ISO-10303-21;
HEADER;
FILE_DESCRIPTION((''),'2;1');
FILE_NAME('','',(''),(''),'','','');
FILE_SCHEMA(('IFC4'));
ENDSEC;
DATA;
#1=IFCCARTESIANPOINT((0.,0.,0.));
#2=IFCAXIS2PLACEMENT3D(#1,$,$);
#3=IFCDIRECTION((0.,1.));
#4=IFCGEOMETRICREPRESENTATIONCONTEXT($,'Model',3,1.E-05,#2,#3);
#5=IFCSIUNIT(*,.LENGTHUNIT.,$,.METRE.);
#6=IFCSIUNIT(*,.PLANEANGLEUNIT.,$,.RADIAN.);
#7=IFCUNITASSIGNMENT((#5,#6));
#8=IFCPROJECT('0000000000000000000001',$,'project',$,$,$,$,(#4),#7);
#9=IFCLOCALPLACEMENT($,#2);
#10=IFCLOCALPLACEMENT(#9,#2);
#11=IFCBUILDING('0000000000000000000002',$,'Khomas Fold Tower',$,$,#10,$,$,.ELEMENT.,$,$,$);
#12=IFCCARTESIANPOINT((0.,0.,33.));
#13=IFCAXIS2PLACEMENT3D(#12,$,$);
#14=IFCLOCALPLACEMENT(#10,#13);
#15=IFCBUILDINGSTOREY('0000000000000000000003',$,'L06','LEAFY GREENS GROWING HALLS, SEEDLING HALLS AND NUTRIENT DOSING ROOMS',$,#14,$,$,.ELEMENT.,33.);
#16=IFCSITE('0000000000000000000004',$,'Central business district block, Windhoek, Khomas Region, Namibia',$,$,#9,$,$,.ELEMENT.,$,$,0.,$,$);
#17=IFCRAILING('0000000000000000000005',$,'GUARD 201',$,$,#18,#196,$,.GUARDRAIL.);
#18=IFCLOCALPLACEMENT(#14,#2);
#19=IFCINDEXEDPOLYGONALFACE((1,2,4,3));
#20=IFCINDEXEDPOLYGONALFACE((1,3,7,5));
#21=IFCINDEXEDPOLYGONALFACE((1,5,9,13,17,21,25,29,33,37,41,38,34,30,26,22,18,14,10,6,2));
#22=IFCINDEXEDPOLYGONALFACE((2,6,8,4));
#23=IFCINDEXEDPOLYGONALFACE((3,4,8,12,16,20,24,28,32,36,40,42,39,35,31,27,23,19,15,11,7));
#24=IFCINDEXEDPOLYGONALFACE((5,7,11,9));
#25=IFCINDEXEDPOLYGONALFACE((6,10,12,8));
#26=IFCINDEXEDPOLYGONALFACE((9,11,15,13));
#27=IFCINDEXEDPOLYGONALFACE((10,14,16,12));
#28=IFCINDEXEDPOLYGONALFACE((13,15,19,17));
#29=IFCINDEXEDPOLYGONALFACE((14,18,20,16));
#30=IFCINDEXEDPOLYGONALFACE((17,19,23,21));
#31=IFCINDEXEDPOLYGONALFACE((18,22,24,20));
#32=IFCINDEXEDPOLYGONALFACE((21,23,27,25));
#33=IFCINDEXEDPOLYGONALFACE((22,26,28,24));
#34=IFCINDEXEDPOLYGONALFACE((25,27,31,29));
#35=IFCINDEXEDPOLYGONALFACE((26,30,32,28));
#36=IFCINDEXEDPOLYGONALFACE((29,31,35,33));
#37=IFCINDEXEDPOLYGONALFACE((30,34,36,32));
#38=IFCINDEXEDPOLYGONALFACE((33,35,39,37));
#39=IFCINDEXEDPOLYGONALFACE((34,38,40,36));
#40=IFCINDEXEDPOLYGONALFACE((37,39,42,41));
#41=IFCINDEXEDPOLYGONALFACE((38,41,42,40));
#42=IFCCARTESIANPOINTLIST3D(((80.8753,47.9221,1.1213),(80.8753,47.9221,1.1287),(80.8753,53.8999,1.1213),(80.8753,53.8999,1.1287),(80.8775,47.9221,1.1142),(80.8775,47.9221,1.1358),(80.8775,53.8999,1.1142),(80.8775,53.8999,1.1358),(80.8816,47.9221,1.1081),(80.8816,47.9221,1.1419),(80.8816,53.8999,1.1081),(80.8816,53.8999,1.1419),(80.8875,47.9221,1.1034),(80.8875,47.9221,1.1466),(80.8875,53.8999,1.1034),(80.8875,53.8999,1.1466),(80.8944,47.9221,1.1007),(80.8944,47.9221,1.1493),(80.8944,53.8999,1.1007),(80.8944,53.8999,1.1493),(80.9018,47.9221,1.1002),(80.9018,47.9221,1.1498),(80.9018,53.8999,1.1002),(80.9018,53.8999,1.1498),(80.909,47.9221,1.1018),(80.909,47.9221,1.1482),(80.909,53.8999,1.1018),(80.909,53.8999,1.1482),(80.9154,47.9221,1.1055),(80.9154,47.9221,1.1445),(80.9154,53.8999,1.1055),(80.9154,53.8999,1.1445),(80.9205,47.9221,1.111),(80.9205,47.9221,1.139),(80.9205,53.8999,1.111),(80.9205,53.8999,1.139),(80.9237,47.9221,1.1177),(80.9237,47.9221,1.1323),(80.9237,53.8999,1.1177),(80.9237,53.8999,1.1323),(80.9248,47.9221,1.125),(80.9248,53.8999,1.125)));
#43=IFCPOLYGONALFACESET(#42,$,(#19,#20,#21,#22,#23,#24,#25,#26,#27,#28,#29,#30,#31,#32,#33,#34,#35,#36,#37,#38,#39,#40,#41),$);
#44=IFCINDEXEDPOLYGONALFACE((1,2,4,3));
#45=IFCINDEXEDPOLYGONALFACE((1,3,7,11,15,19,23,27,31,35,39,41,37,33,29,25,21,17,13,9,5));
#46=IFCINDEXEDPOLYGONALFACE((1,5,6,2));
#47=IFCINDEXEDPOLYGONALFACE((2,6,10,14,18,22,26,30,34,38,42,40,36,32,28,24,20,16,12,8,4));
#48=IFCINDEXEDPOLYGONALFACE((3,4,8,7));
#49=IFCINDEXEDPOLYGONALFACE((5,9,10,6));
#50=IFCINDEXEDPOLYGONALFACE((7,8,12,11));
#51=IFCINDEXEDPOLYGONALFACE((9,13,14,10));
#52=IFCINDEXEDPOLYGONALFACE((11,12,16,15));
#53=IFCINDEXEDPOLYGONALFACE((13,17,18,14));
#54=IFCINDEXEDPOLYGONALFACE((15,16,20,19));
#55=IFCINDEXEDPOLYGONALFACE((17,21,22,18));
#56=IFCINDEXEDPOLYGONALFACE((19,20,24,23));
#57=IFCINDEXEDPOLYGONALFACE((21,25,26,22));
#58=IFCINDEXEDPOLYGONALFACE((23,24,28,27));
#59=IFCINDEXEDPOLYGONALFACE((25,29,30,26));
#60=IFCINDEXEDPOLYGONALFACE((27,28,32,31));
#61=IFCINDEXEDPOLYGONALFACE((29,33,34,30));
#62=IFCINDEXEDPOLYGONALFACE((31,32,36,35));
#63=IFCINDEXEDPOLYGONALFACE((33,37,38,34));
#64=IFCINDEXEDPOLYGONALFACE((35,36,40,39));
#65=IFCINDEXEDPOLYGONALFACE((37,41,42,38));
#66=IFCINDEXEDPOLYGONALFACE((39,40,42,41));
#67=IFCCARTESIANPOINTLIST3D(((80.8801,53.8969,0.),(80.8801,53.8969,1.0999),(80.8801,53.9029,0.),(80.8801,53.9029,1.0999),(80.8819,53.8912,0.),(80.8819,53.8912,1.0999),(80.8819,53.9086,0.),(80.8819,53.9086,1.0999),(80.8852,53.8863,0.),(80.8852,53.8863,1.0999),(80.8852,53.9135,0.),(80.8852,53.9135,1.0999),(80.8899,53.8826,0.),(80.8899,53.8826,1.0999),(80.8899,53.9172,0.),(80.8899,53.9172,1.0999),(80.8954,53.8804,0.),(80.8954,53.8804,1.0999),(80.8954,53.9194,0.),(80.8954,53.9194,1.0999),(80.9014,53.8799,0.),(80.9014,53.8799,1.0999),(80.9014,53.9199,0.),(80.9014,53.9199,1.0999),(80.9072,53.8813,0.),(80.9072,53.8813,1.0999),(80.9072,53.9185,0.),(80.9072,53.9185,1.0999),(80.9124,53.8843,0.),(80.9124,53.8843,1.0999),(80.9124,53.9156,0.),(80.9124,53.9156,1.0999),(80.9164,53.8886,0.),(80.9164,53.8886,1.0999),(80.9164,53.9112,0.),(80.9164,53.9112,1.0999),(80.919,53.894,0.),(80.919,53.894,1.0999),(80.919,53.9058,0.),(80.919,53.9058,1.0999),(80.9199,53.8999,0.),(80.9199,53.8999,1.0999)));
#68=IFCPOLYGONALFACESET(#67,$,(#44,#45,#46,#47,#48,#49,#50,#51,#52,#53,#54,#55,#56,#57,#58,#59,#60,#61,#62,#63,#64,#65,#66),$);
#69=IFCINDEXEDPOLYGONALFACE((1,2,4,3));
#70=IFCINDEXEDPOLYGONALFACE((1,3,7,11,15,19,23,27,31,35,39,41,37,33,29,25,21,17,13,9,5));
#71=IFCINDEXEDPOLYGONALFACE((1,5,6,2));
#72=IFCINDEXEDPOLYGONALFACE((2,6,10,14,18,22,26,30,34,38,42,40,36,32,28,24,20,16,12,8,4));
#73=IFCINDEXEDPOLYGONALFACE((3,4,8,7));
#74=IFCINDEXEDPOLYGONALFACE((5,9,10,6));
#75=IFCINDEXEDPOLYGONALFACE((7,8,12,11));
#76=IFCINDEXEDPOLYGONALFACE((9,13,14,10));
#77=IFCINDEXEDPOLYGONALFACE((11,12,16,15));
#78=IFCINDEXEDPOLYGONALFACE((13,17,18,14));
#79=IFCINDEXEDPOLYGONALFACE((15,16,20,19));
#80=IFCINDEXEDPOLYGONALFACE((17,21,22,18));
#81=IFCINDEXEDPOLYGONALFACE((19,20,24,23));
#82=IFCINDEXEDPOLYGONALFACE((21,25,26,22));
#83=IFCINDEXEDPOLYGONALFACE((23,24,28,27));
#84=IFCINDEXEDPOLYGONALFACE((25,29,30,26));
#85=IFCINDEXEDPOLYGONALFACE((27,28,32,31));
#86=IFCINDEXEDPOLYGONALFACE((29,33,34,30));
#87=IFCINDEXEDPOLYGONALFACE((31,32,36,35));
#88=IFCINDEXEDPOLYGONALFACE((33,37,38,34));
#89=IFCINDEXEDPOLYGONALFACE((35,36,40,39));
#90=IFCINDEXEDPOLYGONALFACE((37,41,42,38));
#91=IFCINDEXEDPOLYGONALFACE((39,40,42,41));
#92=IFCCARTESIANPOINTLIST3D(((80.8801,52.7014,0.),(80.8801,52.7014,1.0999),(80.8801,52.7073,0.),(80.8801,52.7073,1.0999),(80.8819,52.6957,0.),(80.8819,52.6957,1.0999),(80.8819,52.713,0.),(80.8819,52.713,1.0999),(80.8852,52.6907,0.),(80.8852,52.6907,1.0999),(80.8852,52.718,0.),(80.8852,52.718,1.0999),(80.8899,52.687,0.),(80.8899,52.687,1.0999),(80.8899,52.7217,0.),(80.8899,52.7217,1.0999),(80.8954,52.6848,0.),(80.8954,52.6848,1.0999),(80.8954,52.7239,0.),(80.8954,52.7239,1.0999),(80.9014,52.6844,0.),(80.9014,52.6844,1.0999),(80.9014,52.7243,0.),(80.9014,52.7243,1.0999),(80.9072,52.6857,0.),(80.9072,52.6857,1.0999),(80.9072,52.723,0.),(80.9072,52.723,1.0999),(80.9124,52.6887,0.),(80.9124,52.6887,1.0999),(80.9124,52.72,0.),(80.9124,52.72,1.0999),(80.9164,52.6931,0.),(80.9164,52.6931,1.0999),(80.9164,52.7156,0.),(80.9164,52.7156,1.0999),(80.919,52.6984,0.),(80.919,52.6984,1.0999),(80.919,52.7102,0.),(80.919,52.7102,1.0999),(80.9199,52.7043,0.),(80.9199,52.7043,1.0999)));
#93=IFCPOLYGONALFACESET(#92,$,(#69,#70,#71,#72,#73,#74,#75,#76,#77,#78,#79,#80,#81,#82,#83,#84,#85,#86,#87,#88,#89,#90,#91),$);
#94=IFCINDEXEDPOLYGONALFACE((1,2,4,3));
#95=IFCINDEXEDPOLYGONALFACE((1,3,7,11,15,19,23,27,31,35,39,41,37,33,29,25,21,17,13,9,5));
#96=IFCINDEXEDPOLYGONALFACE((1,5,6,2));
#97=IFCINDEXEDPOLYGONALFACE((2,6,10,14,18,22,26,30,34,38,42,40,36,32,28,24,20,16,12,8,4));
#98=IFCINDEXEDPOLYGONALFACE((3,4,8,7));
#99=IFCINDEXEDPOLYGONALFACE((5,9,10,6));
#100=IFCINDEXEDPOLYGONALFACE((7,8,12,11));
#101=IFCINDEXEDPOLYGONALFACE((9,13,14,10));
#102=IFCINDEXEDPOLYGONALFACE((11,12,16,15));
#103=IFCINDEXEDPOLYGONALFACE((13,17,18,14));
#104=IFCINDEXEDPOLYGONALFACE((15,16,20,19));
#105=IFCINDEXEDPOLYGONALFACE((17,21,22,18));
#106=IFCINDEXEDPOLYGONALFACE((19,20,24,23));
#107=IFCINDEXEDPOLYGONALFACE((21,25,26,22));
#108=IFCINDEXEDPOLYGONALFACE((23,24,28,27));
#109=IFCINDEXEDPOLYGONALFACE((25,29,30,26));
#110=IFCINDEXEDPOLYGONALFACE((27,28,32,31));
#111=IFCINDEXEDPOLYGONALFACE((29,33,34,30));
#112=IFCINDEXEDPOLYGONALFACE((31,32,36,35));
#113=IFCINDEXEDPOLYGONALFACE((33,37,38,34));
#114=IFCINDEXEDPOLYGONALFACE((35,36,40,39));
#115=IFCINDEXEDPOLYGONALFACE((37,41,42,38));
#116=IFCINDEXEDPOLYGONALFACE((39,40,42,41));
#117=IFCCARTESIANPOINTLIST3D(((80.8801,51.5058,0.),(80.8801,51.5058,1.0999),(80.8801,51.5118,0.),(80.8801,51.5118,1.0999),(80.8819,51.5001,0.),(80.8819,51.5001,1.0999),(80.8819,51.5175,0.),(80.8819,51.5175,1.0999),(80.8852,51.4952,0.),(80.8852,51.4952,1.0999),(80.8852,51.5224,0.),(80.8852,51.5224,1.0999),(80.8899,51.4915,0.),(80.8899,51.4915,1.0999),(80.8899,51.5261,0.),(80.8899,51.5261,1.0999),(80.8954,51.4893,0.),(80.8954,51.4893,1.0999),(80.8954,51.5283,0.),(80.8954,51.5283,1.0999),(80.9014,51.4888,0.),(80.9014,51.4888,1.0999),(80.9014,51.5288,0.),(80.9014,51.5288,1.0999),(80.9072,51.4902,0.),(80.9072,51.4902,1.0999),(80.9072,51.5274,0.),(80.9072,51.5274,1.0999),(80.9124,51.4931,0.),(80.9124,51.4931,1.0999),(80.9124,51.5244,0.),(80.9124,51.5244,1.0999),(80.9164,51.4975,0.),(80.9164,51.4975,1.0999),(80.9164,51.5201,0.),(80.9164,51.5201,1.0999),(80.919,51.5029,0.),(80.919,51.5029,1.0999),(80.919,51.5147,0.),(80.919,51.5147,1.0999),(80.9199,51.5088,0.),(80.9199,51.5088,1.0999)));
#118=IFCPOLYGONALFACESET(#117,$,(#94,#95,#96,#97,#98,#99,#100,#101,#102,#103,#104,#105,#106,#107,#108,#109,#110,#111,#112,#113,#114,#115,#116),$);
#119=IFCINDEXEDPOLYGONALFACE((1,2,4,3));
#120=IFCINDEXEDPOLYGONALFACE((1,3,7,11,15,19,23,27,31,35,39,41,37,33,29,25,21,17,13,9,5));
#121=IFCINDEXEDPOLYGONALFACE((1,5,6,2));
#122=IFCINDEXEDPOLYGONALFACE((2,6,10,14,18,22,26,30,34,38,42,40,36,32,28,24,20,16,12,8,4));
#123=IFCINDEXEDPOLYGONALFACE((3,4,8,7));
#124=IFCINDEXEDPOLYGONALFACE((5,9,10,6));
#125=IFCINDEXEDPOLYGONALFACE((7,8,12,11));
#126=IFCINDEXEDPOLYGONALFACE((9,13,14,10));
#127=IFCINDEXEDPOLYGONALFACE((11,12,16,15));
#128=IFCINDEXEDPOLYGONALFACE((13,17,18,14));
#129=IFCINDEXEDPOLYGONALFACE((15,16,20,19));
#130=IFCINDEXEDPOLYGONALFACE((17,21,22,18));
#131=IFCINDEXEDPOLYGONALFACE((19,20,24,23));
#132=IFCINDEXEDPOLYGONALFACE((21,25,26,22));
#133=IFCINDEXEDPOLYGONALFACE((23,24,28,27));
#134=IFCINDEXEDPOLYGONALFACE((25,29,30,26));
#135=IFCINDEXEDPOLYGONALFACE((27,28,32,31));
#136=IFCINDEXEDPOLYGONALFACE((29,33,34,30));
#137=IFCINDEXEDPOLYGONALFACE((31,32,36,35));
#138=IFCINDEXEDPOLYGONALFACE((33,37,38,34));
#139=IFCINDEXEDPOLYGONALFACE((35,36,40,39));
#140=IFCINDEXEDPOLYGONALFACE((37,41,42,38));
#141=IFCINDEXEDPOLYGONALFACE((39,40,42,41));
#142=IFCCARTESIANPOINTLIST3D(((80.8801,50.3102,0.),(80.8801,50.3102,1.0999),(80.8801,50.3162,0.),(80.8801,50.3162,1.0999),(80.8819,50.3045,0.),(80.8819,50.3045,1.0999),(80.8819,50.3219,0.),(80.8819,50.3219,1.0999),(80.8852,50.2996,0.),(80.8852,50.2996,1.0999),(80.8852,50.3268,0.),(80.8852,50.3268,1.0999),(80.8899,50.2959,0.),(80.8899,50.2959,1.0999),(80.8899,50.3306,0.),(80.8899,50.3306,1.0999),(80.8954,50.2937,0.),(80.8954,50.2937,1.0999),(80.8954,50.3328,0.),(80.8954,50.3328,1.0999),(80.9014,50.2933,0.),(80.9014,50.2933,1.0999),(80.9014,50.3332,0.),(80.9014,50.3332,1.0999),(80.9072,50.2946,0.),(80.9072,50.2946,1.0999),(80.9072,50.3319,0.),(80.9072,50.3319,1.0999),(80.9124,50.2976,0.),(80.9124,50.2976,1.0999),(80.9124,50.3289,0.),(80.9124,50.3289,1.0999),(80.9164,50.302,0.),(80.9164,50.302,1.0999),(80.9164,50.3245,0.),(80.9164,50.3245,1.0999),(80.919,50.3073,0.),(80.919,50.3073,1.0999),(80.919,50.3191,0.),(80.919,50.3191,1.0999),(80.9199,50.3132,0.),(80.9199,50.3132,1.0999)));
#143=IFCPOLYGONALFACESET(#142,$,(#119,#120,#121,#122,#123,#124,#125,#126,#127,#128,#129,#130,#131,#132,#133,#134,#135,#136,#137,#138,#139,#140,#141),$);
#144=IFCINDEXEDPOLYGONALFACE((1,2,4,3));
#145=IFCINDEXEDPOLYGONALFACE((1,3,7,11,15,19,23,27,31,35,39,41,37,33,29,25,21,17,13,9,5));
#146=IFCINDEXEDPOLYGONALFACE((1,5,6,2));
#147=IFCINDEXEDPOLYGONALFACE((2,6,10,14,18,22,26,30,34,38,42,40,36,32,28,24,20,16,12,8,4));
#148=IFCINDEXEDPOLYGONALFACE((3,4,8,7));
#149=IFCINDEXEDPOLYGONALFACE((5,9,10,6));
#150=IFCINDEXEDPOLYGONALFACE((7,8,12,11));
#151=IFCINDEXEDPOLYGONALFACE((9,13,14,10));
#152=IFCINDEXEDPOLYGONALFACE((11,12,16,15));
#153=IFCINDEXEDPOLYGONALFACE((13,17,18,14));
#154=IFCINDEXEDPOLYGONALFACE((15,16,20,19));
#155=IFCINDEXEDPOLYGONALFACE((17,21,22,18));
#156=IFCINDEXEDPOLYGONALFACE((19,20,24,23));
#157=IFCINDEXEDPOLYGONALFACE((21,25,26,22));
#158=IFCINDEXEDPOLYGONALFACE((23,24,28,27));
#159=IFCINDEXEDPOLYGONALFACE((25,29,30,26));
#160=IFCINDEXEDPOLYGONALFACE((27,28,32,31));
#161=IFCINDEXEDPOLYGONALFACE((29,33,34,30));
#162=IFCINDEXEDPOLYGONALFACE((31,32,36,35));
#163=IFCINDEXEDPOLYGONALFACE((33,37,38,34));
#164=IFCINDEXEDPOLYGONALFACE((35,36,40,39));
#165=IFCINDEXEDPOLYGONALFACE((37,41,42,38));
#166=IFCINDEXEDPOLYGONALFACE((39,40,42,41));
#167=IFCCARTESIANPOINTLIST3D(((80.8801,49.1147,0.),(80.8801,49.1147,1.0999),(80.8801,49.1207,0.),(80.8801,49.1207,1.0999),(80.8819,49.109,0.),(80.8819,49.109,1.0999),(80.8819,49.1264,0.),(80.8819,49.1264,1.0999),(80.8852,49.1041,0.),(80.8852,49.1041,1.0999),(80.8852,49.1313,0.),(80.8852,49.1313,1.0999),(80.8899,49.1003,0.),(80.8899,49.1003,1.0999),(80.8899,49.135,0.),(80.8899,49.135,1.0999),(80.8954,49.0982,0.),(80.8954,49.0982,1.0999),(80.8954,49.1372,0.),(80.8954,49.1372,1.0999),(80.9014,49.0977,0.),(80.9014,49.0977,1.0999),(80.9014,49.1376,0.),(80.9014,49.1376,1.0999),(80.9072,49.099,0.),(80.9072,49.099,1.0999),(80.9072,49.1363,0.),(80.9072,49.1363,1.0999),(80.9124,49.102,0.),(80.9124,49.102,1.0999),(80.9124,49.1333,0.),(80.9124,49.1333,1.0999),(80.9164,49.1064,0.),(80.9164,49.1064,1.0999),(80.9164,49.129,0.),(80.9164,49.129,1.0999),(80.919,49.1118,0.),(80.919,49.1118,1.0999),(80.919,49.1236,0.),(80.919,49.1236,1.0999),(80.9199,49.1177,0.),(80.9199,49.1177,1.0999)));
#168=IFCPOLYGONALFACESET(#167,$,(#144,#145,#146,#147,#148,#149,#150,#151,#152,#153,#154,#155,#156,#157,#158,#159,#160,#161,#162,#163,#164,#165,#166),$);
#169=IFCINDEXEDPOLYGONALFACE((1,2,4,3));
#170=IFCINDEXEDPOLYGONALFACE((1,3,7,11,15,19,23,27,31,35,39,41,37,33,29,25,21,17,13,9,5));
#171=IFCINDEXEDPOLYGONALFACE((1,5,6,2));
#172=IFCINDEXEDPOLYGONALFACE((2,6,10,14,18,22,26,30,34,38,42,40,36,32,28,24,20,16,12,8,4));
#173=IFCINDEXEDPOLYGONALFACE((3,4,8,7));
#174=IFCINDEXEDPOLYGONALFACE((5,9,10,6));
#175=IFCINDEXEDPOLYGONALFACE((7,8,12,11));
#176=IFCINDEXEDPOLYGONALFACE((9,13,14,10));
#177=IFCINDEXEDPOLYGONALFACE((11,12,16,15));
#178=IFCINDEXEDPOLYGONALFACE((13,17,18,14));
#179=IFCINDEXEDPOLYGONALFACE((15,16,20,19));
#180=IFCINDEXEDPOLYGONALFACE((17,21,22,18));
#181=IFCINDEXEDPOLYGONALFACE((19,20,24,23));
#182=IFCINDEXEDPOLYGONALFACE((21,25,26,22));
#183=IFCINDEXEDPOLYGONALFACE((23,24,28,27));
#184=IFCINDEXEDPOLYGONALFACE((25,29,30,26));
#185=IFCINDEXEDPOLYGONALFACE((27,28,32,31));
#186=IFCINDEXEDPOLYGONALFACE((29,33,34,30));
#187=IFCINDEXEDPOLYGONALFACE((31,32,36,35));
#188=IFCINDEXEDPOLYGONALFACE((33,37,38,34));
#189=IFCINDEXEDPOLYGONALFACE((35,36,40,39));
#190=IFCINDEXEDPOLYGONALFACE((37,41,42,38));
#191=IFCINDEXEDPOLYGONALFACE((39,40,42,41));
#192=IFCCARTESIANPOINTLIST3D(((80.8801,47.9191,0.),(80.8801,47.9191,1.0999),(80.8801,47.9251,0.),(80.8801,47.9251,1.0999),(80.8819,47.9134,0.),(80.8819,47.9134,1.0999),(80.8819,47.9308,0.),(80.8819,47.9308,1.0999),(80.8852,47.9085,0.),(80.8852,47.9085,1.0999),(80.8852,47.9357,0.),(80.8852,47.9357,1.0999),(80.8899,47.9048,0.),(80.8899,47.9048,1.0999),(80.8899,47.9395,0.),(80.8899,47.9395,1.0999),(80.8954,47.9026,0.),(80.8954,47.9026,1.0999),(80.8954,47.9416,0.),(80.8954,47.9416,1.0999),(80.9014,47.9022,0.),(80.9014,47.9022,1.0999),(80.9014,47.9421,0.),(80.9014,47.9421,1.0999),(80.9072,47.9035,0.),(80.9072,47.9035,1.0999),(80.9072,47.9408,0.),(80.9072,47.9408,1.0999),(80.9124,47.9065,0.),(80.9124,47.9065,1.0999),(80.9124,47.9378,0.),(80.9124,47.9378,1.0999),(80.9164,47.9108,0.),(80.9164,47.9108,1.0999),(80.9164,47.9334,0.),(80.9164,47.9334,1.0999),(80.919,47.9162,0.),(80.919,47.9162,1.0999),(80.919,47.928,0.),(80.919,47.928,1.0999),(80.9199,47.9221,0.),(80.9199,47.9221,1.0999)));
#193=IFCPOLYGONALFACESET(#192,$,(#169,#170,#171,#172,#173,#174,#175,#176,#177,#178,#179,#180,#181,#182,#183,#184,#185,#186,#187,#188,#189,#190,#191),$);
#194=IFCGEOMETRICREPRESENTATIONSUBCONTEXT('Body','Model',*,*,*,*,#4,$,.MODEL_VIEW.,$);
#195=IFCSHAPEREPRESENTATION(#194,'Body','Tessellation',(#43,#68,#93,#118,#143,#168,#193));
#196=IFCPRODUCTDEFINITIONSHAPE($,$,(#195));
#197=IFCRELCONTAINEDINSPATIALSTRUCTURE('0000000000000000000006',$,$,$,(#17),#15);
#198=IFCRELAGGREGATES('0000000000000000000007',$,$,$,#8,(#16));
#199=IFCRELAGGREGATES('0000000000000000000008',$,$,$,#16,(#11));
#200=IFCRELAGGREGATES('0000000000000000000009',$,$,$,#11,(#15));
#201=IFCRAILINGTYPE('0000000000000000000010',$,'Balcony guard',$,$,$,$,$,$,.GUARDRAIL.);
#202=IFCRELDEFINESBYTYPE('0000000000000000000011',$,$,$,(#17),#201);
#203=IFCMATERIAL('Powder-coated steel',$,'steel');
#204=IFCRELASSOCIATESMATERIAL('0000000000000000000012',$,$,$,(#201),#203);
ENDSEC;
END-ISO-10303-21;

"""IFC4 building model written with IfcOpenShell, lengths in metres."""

from ifc_helpers import new_model, si_unit, direction, frame, origin, origin_2d, place, context, subcontext, project, spatial, circle, extrude, source, transform, mapped, material, type_object, element, save


model = new_model("IFC4")

# Units and contexts
model_context = context("Model", 3, precision=1e-05, world=origin(), true_north=direction((0.0, 1.0)))
body_context = subcontext(model_context, "Body", "Model", "MODEL_VIEW")
ifc_project = project(units=[si_unit("LENGTHUNIT", "METRE"), si_unit("PLANEANGLEUNIT", "RADIAN")], contexts=[model_context])

# Site, building, storey
site_placement = place(None, origin())
site = spatial("IfcSite", under=ifc_project, at=site_placement, Name="Central business district block, Windhoek, Khomas Region, Namibia", CompositionType="ELEMENT", RefElevation=0.0)
building_placement = place(site_placement, origin())
building = spatial("IfcBuilding", under=site, at=building_placement, Name="Khomas Fold Tower", CompositionType="ELEMENT")
storey_placement = place(building_placement, frame((0.0, 0.0, 33.0)))
storey = spatial("IfcBuildingStorey", under=building, at=storey_placement, Name="L06", Description="LEAFY GREENS GROWING HALLS, SEEDLING HALLS AND NUTRIENT DOSING ROOMS", CompositionType="ELEMENT", Elevation=33.0)

# Railing
ifc_material_1 = material(Name="Powder-coated steel", Category="steel")
railing_type_1 = type_object("IfcRailingType", Name="Balcony guard", PredefinedType="GUARDRAIL", material=ifc_material_1)
shared_shape_1 = source(origin(), body_context, "Body", "SweptSolid", [
    extrude(circle(Radius=0.0249, at=origin_2d()), frame((0.0, 0.0, 1.125), z_axis=(0.0, -1.0, 0.0), x_axis=(1.0, 0.0, 0.0)), (0.0, 0.0, 1.0), 5.9778),
    extrude(circle(Radius=0.02, at=origin_2d()), origin(), (0.0, 0.0, 1.0), 1.0999),
    extrude(circle(Radius=0.02, at=origin_2d()), frame((0.0, -1.1956, 0.0)), (0.0, 0.0, 1.0), 1.0999),
    extrude(circle(Radius=0.02, at=origin_2d()), frame((0.0, -2.3911, 0.0)), (0.0, 0.0, 1.0), 1.0999),
    extrude(circle(Radius=0.02, at=origin_2d()), frame((0.0, -3.5867, 0.0)), (0.0, 0.0, 1.0), 1.0999),
    extrude(circle(Radius=0.02, at=origin_2d()), frame((0.0, -4.7822, 0.0)), (0.0, 0.0, 1.0), 1.0999),
    extrude(circle(Radius=0.02, at=origin_2d()), frame((0.0, -5.9778, 0.0)), (0.0, 0.0, 1.0), 1.0999),
])
for number, where, name in (
    (1, (80.8999, 53.8999, 0.0), "GUARD 201"),
):
    element("IfcRailing", number, at=place(storey_placement, frame(where)), inside=storey, type_object=railing_type_1, Name=name, PredefinedType="GUARDRAIL", context=body_context, shape_type="MappedRepresentation", body=[
        mapped(shared_shape_1, transform((0.0, 0.0, 0.0))),
    ])

save(model, "model.ifc")
